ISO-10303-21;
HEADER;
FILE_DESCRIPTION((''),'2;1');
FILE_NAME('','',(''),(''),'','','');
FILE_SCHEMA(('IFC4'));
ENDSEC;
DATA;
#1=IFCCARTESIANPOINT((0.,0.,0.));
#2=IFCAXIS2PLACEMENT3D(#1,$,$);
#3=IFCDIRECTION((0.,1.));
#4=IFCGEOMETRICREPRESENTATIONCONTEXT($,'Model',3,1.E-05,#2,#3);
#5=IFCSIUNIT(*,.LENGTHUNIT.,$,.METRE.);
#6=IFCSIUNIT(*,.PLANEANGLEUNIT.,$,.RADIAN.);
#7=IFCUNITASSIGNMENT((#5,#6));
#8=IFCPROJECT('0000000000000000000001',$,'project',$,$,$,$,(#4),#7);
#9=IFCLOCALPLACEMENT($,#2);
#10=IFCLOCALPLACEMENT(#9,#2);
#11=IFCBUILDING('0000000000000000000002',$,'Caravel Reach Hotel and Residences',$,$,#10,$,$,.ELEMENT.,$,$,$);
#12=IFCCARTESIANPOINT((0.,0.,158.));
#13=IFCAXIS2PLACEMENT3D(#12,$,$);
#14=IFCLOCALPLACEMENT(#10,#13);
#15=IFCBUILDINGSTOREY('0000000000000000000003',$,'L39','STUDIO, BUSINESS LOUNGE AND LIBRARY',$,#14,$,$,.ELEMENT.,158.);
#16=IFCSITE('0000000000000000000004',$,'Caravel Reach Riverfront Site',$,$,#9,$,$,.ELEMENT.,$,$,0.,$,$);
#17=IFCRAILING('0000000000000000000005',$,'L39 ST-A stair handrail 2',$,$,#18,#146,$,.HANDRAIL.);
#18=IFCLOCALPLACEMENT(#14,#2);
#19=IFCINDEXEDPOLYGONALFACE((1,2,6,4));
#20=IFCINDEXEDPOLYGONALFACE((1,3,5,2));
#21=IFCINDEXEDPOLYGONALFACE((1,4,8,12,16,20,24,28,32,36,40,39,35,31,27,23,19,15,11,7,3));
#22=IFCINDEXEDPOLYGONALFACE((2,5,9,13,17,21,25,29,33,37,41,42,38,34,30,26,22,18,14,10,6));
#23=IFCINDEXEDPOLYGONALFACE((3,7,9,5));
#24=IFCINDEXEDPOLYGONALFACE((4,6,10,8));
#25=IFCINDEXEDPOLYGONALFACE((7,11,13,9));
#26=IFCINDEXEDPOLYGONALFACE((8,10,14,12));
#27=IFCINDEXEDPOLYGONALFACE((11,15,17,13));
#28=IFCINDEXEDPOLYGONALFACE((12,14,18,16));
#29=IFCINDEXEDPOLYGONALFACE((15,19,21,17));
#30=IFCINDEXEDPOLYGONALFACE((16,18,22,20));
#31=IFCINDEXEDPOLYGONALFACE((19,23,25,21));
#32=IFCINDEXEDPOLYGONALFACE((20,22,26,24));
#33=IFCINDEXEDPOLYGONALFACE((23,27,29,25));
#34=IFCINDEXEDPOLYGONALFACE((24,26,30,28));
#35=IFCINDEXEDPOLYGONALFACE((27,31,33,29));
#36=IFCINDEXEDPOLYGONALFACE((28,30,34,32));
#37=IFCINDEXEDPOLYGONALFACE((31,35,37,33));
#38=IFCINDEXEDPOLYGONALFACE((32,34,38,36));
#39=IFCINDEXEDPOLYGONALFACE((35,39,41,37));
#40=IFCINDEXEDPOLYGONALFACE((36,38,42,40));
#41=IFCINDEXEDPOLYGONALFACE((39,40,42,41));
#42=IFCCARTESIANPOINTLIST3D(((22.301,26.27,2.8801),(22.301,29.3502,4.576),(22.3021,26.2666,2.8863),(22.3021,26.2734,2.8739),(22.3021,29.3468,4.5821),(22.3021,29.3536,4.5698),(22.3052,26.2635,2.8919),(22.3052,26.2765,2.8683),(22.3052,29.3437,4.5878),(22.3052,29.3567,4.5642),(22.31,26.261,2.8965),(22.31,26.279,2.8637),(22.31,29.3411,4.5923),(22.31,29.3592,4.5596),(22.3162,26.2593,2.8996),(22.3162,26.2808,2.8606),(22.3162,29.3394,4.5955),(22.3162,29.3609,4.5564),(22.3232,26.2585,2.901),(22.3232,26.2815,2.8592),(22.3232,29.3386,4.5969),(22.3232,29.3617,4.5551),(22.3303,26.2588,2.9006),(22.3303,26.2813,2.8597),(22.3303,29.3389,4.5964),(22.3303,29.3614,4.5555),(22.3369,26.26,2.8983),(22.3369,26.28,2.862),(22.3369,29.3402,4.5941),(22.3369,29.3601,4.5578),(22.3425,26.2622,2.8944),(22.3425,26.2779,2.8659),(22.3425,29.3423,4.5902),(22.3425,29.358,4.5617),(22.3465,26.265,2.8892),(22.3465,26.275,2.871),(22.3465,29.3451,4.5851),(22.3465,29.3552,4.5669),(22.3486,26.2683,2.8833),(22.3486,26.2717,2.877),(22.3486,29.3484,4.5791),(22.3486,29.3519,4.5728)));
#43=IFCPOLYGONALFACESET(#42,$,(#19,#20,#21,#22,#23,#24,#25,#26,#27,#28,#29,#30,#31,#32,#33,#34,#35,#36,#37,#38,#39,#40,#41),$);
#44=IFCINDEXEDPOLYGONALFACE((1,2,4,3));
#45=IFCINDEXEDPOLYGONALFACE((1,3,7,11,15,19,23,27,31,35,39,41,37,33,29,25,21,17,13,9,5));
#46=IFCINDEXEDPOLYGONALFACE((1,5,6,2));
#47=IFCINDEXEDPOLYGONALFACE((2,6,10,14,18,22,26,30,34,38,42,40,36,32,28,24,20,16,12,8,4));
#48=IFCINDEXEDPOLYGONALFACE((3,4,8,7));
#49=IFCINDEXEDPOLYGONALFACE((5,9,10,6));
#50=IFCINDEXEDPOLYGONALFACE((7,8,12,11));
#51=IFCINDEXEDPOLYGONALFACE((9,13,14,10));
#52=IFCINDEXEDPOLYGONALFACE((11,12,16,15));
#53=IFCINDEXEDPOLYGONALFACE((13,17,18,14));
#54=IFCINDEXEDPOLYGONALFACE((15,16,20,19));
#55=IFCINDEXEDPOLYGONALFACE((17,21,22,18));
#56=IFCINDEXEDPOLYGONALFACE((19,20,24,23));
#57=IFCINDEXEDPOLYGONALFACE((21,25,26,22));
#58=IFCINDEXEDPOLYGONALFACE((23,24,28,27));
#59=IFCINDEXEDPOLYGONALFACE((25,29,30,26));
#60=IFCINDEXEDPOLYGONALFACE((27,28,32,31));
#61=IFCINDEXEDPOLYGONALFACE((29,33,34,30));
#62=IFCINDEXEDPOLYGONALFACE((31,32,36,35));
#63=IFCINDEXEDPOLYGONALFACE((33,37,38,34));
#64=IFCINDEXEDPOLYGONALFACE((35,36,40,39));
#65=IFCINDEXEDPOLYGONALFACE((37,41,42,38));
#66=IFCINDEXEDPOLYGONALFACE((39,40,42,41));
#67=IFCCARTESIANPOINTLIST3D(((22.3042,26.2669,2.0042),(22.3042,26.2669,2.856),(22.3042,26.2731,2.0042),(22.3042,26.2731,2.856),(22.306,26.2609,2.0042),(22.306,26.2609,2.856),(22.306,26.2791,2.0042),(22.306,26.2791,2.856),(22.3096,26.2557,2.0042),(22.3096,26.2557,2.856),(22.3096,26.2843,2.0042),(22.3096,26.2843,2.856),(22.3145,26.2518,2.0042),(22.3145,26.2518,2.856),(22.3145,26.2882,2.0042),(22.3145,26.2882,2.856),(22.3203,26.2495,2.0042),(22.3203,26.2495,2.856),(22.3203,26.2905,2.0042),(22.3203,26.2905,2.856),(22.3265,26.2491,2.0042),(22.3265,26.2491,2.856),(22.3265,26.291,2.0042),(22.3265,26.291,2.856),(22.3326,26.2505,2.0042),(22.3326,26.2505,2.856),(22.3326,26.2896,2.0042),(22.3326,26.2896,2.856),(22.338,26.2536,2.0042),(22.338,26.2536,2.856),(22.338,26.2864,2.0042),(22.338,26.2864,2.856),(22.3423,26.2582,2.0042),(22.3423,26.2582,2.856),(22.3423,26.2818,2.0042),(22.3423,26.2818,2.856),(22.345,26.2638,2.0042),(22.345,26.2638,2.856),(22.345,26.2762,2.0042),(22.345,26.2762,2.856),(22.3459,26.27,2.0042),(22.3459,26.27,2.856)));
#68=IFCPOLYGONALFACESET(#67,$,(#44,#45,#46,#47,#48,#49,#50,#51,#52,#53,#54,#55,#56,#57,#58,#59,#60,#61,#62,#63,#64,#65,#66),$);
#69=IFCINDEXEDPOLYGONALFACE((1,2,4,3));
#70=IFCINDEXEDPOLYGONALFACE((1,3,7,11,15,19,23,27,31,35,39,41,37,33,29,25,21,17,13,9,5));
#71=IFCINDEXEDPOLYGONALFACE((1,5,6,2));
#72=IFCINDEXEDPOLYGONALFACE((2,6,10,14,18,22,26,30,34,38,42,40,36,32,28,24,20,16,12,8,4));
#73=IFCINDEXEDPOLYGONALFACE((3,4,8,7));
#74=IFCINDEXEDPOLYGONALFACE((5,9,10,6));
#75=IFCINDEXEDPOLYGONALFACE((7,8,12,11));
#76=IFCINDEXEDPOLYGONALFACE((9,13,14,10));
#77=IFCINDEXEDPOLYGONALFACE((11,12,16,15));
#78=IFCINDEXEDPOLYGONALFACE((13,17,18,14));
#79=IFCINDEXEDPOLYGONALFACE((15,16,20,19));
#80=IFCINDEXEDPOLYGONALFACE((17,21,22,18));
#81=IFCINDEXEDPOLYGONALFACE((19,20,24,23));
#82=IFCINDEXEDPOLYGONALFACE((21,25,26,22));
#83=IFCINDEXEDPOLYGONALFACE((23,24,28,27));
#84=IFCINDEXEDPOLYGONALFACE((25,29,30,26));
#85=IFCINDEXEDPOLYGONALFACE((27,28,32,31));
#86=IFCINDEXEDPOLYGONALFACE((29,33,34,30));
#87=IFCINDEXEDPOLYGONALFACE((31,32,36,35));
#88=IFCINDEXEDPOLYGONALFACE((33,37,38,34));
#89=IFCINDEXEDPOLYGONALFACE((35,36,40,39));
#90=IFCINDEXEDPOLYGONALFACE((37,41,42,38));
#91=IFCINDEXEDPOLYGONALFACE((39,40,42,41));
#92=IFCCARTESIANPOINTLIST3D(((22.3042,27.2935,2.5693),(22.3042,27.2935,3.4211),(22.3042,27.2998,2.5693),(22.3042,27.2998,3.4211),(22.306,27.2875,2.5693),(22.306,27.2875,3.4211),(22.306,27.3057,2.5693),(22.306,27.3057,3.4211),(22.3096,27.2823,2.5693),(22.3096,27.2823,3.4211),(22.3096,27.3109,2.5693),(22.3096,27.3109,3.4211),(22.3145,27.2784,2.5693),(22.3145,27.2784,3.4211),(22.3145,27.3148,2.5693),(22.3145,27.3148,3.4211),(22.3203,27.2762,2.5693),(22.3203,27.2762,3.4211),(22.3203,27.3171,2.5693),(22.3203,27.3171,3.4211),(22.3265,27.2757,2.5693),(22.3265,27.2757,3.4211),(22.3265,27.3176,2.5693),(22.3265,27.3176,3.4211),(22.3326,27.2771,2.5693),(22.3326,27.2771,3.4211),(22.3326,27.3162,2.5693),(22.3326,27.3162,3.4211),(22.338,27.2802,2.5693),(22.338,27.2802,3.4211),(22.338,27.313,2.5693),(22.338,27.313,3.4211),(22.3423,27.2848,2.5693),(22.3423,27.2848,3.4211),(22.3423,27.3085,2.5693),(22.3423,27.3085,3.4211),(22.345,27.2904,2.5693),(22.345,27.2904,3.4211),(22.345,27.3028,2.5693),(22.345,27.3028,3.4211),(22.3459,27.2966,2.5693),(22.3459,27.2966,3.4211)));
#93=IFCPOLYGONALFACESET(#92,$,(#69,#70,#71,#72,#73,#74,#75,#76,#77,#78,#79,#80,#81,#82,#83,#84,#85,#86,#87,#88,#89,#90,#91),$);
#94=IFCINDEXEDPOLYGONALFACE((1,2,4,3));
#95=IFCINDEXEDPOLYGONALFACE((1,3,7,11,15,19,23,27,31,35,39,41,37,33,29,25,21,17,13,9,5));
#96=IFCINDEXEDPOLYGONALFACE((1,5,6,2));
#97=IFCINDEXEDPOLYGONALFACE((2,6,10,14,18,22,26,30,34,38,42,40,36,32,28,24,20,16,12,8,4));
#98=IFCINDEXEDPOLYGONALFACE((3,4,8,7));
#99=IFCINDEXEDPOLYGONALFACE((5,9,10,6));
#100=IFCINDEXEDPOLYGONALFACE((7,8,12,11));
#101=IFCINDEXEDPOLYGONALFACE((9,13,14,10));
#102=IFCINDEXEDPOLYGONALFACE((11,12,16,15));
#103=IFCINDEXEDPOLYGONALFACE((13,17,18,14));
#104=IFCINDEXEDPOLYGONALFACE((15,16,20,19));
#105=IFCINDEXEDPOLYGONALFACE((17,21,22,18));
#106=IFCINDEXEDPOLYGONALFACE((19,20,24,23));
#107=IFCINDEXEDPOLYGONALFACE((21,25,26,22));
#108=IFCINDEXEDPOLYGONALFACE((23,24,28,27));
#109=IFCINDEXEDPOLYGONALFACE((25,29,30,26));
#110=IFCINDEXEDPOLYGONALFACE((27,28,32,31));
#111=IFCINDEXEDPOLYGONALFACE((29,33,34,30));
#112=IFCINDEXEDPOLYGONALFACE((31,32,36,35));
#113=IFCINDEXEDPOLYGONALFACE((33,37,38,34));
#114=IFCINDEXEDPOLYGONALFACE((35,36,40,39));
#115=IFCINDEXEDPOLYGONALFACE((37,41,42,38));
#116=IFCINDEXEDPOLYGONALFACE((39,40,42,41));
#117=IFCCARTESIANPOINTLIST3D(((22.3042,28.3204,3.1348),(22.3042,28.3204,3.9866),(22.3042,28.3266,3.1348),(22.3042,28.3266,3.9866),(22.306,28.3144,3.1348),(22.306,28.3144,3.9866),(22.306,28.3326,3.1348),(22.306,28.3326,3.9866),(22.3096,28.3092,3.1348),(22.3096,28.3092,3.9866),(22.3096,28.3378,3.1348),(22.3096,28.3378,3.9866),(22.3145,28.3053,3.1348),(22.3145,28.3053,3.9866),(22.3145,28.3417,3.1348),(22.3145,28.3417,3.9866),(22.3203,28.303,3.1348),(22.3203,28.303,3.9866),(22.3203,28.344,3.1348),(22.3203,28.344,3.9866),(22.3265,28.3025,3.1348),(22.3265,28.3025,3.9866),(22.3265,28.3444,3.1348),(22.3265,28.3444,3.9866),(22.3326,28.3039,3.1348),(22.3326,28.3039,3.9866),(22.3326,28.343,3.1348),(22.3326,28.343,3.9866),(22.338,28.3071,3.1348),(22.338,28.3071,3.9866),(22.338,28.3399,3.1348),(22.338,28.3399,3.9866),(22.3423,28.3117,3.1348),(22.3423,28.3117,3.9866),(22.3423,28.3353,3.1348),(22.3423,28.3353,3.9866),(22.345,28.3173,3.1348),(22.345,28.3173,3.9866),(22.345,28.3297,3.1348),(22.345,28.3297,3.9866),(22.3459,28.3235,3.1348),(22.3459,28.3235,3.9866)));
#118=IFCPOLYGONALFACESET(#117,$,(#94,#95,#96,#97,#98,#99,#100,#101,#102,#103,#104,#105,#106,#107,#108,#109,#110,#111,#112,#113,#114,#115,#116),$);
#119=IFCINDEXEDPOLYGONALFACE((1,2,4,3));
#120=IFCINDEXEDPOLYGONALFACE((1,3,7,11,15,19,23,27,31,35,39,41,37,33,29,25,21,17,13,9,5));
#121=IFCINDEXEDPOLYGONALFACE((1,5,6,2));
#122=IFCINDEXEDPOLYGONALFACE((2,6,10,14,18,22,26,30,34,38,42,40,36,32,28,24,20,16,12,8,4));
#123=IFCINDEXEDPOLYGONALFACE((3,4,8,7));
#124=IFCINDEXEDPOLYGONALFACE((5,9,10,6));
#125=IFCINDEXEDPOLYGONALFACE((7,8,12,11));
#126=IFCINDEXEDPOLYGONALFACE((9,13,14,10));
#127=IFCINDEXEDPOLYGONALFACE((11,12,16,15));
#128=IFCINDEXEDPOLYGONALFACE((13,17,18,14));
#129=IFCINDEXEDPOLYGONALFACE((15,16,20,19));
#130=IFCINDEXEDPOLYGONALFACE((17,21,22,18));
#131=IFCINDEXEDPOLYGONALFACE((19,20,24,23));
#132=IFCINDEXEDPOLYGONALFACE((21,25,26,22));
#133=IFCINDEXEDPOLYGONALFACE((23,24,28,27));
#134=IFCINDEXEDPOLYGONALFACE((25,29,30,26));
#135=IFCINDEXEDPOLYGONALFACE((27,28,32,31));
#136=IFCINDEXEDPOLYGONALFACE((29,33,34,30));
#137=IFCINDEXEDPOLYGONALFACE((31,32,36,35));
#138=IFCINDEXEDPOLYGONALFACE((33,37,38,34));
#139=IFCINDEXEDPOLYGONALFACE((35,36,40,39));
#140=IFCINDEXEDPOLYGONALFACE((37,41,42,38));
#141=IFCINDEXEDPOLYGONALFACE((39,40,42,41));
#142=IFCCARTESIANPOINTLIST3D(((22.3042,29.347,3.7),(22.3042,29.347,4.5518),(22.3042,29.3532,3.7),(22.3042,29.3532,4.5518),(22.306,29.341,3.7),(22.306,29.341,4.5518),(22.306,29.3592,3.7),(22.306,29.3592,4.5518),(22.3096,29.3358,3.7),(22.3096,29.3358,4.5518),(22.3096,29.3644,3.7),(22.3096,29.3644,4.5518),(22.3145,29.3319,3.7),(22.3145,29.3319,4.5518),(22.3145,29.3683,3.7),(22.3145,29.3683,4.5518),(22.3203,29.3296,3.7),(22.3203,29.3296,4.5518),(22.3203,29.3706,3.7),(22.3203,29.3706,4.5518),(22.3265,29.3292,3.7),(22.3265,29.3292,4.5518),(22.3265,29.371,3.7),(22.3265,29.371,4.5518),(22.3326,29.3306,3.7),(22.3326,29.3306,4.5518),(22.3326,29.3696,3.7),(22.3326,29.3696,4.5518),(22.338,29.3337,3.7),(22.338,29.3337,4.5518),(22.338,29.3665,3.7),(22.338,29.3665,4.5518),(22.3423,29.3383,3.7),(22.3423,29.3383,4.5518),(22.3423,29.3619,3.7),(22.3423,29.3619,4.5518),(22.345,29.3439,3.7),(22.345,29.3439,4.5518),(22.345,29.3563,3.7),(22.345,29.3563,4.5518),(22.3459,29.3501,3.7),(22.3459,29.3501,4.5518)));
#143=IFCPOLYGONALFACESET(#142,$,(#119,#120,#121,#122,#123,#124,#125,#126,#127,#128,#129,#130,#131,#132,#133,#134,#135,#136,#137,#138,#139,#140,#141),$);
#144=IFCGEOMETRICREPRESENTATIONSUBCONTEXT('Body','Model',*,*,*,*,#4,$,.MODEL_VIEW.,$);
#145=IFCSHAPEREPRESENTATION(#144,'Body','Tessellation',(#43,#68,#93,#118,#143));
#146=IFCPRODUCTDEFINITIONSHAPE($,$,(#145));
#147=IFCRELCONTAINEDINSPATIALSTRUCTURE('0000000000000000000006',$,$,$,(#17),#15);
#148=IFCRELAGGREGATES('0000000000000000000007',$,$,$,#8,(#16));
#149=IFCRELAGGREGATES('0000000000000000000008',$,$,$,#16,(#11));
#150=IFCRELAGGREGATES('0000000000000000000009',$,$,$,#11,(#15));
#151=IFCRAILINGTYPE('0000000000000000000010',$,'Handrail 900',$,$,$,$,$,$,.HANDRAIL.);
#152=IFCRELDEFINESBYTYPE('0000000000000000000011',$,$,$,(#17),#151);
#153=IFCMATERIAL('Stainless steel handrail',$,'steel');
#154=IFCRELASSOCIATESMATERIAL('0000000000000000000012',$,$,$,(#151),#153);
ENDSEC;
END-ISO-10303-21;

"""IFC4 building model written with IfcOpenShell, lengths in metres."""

from ifc_helpers import new_model, si_unit, direction, frame, origin, origin_2d, place, context, subcontext, project, spatial, circle, extrude, material, type_object, element, save


model = new_model("IFC4")

# Units and contexts
model_context = context("Model", 3, precision=1e-05, world=origin(), true_north=direction((0.0, 1.0)))
body_context = subcontext(model_context, "Body", "Model", "MODEL_VIEW")
ifc_project = project(units=[si_unit("LENGTHUNIT", "METRE"), si_unit("PLANEANGLEUNIT", "RADIAN")], contexts=[model_context])

# Site, building, storey
site_placement = place(None, origin())
site = spatial("IfcSite", under=ifc_project, at=site_placement, Name="Caravel Reach Riverfront Site", CompositionType="ELEMENT", RefElevation=0.0)
building_placement = place(site_placement, origin())
building = spatial("IfcBuilding", under=site, at=building_placement, Name="Caravel Reach Hotel and Residences", CompositionType="ELEMENT")
storey_placement = place(building_placement, frame((0.0, 0.0, 158.0)))
storey = spatial("IfcBuildingStorey", under=building, at=storey_placement, Name="L39", Description="STUDIO, BUSINESS LOUNGE AND LIBRARY", CompositionType="ELEMENT", Elevation=158.0)

# Railing
ifc_material_1 = material(Name="Stainless steel handrail", Category="steel")
railing_type_1 = type_object("IfcRailingType", Name="Handrail 900", PredefinedType="HANDRAIL", material=ifc_material_1)
railing_1_placement = place(storey_placement, frame((22.325, 26.27, 2.0042)))
element("IfcRailing", 1, at=railing_1_placement, inside=storey, type_object=railing_type_1, Name="L39 ST-A stair handrail 2", PredefinedType="HANDRAIL", context=body_context, shape_type="SweptSolid", body=[
    extrude(circle(Radius=0.0239, at=origin_2d()), frame((0.0, 0.0, 0.876), z_axis=(0.0, 0.876005, 0.482303), x_axis=(-1.0, 0.0, 0.0)), (0.0, 0.0, 1.0), 3.5161),
    extrude(circle(Radius=0.021, at=origin_2d()), origin(), (0.0, 0.0, 1.0), 0.8518),
    extrude(circle(Radius=0.021, at=origin_2d()), frame((0.0, 1.0266, 0.5652)), (0.0, 0.0, 1.0), 0.8518),
    extrude(circle(Radius=0.021, at=origin_2d()), frame((0.0, 2.0535, 1.1306)), (0.0, 0.0, 1.0), 0.8518),
    extrude(circle(Radius=0.021, at=origin_2d()), frame((0.0, 3.0801, 1.6958)), (0.0, 0.0, 1.0), 0.8518),
])

save(model, "model.ifc")
